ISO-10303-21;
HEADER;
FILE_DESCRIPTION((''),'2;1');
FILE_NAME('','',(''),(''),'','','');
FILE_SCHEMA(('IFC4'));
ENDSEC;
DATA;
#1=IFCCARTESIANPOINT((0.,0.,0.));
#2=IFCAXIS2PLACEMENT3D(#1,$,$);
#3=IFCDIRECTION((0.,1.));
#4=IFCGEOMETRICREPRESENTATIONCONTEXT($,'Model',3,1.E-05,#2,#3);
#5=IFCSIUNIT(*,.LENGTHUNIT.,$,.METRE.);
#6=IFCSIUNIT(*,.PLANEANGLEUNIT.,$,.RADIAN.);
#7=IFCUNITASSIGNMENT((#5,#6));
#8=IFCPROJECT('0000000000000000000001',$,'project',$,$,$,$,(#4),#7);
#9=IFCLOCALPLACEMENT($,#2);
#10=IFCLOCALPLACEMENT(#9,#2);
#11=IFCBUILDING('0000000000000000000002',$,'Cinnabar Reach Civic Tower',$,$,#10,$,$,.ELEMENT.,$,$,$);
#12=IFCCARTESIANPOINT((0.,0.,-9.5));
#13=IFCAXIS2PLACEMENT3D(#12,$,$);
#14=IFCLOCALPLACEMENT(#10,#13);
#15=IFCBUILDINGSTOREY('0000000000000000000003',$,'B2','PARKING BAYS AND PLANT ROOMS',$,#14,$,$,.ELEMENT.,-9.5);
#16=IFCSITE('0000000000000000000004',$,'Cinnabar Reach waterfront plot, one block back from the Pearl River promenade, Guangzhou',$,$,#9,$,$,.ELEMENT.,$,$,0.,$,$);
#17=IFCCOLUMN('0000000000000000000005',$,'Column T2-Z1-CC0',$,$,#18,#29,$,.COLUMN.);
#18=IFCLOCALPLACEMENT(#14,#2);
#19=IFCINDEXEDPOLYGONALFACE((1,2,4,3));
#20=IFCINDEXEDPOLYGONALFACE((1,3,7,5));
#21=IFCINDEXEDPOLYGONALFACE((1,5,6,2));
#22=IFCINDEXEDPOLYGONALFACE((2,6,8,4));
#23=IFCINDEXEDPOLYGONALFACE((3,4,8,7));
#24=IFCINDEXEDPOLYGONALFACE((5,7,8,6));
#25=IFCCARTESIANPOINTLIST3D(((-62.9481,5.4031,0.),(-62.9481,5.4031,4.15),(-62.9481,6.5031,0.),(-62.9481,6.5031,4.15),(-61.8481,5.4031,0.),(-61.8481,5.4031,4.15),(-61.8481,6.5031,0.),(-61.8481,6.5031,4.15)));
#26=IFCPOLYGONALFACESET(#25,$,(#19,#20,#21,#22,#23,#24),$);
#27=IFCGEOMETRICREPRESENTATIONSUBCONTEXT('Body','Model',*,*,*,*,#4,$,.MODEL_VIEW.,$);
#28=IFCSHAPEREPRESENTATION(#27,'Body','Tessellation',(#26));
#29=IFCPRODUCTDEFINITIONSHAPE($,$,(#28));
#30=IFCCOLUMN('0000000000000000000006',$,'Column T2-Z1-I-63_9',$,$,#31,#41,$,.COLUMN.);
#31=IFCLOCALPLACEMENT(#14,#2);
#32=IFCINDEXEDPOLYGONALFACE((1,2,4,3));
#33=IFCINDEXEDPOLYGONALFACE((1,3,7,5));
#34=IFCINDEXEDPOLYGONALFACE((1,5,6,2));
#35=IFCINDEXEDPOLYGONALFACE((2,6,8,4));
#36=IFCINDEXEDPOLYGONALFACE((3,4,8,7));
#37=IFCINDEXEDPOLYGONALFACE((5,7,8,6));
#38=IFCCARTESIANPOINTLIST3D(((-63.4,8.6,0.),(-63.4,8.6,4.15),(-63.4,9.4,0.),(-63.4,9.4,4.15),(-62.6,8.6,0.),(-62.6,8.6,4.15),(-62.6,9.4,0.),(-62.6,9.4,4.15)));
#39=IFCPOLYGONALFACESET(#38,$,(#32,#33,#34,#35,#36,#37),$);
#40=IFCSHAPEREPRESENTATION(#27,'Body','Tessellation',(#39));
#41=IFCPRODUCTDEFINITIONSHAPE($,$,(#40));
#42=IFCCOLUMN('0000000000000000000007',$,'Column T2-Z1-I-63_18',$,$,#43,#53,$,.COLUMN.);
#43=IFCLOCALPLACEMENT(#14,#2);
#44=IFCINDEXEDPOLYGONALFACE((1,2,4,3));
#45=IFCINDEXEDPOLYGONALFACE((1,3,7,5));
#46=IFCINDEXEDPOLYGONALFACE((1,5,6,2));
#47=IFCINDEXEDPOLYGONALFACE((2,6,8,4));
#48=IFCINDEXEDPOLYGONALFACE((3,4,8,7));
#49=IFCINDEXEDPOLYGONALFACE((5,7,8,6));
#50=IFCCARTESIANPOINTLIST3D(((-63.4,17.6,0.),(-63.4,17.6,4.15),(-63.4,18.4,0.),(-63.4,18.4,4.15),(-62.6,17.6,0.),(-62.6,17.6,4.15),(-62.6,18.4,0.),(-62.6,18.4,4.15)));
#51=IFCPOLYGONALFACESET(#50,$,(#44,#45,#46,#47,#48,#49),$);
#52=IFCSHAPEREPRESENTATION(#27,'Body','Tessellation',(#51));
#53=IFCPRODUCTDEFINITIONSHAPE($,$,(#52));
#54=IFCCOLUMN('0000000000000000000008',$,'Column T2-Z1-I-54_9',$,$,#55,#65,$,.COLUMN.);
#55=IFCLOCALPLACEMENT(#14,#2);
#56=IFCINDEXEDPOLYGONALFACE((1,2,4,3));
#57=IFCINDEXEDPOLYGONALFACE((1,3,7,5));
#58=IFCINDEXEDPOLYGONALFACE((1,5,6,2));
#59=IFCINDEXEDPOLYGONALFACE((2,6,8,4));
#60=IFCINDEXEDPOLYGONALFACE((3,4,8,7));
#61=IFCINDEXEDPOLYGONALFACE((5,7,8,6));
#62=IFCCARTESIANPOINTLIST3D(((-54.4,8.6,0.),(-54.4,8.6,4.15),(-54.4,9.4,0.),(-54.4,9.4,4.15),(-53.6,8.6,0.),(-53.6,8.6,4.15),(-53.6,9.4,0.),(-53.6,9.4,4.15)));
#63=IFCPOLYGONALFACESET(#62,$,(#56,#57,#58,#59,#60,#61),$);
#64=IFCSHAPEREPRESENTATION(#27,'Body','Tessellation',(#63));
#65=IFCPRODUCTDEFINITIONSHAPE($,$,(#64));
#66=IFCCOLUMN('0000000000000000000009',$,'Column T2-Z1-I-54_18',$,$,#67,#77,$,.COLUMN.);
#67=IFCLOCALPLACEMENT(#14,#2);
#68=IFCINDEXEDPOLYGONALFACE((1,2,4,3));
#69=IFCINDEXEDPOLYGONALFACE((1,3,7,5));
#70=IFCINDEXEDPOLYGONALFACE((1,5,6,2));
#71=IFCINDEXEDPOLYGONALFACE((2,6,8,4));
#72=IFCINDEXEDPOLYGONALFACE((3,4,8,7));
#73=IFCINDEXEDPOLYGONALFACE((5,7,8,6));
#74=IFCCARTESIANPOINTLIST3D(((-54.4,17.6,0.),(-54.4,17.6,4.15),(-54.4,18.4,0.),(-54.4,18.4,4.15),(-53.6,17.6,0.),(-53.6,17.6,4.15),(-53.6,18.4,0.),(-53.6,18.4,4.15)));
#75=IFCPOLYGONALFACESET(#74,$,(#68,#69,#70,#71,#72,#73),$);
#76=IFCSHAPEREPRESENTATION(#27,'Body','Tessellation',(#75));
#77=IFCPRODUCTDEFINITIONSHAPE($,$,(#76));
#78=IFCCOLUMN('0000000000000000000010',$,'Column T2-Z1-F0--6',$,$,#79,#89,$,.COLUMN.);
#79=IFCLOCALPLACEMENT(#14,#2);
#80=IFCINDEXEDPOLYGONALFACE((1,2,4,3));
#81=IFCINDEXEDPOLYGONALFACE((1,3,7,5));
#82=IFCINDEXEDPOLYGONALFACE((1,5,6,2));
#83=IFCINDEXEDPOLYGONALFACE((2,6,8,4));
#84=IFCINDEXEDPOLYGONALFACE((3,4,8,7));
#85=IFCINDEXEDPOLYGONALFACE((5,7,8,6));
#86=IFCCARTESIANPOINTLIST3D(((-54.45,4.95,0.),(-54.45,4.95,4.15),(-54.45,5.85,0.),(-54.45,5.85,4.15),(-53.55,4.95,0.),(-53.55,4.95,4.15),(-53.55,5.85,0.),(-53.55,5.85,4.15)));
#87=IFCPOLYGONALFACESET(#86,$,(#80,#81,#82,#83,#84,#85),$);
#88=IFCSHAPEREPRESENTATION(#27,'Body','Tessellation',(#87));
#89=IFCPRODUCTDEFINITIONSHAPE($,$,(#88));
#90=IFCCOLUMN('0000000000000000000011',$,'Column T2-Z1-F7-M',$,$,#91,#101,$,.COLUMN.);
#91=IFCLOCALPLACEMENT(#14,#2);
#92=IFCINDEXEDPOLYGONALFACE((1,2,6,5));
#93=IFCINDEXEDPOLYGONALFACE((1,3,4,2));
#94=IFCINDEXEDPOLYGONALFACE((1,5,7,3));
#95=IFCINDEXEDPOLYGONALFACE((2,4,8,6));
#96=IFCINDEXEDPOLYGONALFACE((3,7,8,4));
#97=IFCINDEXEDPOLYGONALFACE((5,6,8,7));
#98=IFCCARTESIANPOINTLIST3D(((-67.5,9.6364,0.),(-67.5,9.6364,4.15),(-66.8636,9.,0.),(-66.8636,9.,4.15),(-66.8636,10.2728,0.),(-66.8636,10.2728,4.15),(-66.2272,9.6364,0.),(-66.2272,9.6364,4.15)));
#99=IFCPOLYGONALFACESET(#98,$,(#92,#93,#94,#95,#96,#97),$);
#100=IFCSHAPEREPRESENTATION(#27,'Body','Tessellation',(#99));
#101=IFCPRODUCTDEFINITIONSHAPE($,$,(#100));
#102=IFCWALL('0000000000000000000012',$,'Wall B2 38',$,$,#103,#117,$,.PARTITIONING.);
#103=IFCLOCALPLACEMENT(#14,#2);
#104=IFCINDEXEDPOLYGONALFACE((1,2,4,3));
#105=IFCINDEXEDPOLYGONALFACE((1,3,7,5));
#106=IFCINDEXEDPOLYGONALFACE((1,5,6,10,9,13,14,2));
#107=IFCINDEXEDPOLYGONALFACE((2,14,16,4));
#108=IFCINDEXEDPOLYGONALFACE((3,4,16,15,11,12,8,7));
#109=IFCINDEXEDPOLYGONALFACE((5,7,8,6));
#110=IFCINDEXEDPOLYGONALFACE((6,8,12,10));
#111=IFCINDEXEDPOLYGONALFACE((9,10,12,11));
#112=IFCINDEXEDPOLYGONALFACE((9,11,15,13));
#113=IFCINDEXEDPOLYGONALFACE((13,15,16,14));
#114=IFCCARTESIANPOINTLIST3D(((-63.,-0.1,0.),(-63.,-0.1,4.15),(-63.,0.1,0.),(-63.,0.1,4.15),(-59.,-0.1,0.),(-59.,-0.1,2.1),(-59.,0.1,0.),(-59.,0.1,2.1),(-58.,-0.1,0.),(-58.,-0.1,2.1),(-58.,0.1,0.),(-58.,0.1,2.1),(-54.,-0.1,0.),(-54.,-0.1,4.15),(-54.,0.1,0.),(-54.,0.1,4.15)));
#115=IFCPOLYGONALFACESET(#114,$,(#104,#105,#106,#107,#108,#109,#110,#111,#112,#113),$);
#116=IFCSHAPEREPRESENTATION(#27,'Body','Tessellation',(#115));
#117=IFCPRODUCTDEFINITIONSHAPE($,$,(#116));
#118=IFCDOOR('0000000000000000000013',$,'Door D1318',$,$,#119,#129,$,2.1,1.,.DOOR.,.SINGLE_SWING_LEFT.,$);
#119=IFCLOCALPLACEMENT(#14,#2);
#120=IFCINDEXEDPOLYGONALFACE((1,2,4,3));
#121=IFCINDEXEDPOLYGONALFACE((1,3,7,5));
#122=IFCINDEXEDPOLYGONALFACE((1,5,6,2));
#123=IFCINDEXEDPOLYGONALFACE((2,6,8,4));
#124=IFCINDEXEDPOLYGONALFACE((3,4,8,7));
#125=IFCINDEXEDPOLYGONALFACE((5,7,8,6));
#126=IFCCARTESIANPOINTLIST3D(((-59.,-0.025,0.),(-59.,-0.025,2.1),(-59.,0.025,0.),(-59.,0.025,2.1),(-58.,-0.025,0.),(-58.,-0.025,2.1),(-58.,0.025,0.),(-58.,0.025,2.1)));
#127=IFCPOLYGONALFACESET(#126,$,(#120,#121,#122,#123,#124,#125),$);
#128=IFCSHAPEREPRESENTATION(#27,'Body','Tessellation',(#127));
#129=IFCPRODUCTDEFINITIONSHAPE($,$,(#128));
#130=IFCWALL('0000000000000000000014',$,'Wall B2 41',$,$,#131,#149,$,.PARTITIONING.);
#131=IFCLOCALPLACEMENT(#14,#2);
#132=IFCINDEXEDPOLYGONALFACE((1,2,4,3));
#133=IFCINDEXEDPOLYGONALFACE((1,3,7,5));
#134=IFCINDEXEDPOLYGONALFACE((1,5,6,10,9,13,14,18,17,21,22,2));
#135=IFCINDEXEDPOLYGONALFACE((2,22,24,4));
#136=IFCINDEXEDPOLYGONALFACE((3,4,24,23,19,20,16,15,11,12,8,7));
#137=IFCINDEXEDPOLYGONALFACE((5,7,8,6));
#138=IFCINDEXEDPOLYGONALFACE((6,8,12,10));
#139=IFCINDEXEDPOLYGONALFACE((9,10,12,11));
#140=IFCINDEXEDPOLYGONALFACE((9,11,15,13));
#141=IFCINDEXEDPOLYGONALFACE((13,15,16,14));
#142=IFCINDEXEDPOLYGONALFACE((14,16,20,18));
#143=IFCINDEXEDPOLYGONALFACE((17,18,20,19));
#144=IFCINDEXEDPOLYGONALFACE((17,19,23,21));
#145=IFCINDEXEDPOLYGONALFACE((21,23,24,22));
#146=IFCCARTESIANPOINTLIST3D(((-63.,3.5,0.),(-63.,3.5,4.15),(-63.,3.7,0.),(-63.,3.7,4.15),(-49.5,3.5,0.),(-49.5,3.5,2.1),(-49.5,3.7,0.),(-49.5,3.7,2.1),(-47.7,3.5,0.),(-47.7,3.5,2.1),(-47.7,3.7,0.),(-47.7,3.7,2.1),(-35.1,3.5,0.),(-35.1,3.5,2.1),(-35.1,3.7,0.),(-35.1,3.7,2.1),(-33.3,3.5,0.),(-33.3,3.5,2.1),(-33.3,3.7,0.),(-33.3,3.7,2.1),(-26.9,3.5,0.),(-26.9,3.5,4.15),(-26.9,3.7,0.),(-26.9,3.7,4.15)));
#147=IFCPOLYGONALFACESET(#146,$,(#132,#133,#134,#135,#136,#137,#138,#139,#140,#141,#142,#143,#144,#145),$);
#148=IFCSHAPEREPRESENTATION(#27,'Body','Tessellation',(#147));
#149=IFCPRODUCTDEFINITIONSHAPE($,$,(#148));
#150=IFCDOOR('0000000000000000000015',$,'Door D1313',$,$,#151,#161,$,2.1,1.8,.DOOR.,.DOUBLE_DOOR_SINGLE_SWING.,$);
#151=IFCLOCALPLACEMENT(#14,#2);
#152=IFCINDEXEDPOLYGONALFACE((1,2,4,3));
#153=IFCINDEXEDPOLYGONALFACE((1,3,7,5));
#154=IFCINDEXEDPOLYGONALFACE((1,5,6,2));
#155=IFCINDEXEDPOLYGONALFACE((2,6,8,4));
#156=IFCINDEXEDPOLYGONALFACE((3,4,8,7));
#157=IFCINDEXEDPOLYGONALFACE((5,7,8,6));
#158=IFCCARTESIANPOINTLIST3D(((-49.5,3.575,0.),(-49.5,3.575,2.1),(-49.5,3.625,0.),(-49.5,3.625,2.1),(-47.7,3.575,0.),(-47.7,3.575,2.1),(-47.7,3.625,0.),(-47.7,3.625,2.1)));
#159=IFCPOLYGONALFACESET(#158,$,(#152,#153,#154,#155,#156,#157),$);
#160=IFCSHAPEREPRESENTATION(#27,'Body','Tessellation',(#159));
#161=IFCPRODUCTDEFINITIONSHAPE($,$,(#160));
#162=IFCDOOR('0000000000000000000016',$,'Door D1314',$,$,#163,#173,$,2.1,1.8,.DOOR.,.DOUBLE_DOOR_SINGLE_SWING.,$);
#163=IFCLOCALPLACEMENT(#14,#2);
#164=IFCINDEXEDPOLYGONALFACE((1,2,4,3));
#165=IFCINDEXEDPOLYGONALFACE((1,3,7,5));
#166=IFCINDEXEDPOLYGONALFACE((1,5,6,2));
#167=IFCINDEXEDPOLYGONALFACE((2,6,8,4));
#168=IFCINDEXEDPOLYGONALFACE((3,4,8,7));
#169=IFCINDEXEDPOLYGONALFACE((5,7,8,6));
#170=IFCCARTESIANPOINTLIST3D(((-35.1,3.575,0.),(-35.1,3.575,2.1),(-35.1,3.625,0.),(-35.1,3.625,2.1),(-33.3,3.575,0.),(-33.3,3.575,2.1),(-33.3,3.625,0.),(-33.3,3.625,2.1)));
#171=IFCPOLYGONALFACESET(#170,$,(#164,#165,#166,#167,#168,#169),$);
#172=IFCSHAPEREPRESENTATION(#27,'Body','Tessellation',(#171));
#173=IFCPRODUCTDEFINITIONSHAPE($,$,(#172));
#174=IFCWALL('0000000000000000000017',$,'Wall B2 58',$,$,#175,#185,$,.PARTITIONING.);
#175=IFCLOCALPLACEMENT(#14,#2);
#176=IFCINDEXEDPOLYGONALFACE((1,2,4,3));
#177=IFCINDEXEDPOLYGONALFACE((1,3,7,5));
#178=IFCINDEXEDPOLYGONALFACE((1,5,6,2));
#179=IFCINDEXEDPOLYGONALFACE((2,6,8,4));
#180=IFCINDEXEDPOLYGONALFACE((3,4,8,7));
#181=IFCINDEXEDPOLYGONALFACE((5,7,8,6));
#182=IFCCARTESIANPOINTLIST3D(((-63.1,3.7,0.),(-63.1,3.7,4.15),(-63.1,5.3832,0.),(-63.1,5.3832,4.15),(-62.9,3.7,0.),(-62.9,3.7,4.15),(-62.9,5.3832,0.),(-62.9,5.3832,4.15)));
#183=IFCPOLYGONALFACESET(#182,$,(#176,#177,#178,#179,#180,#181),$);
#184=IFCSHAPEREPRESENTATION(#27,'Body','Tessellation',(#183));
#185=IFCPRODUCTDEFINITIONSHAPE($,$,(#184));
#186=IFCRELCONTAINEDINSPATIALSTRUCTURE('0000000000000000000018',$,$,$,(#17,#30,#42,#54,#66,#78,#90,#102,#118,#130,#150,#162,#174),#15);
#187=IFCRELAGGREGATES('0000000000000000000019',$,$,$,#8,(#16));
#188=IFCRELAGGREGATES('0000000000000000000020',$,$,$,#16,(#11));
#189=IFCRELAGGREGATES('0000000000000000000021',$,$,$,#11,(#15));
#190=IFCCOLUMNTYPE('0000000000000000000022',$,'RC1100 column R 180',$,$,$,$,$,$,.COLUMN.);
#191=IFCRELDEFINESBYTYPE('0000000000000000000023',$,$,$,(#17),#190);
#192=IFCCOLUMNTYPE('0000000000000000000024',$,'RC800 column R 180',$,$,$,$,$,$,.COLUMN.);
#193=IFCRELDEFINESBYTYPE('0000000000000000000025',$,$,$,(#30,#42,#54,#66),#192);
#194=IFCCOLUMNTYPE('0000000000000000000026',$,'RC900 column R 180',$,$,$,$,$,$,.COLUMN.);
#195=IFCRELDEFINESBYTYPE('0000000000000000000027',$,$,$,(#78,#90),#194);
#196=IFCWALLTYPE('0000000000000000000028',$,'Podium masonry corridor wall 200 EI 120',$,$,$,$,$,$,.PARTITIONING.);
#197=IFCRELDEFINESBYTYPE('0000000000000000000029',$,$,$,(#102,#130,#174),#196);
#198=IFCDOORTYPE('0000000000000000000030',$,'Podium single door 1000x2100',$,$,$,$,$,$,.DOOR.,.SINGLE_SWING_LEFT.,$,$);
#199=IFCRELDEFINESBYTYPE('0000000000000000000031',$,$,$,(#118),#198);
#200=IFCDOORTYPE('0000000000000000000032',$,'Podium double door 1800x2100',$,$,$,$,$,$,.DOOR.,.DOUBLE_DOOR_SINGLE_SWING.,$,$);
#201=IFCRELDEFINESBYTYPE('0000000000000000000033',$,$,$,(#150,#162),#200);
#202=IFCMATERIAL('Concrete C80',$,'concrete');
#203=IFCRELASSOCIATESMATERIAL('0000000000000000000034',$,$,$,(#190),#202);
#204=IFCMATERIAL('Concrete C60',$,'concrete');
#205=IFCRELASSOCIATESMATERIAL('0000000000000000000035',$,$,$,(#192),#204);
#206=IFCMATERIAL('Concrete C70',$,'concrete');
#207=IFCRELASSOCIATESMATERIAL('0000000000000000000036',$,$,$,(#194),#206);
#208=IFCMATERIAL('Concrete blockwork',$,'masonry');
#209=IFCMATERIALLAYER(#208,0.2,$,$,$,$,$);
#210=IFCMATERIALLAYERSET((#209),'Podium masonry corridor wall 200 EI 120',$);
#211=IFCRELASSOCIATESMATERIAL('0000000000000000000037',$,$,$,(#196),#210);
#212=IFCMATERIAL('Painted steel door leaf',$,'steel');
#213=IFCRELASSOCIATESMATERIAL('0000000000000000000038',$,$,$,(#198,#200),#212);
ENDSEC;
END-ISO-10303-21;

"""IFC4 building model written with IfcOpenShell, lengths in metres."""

from ifc_helpers import new_model, si_unit, direction, frame, frame_2d, origin, origin_2d, place, context, subcontext, project, spatial, rectangle, extrude, material, layer, layer_set, material_profile, profile_set, type_object, element, fill, save


model = new_model("IFC4")

# Units and contexts
model_context = context("Model", 3, precision=1e-05, world=origin(), true_north=direction((0.0, 1.0)))
body_context = subcontext(model_context, "Body", "Model", "MODEL_VIEW")
ifc_project = project(units=[si_unit("LENGTHUNIT", "METRE"), si_unit("PLANEANGLEUNIT", "RADIAN")], contexts=[model_context])

# Site, building, storey
site_placement = place(None, origin())
site = spatial("IfcSite", under=ifc_project, at=site_placement, Name="Cinnabar Reach waterfront plot, one block back from the Pearl River promenade, Guangzhou", CompositionType="ELEMENT", RefElevation=0.0)
building_placement = place(site_placement, origin())
building = spatial("IfcBuilding", under=site, at=building_placement, Name="Cinnabar Reach Civic Tower", CompositionType="ELEMENT")
storey_placement = place(building_placement, frame((0.0, 0.0, -9.5)))
storey = spatial("IfcBuildingStorey", under=building, at=storey_placement, Name="B2", Description="PARKING BAYS AND PLANT ROOMS", CompositionType="ELEMENT", Elevation=-9.5)

# Columns
ifc_material_1 = material(Name="Concrete C80", Category="concrete")
ifc_material_profile_1 = material_profile(ifc_material_1, rectangle(XDim=1.1, YDim=1.1, at=origin_2d()), Name="RC1100")
ifc_profile_set_1 = profile_set([ifc_material_profile_1], Name="Concrete C80")
column_type_1 = type_object("IfcColumnType", Name="RC1100 column R 180", PredefinedType="COLUMN", material=ifc_profile_set_1)
column_placement = place(storey_placement, frame((-62.3981, 5.9531, 0.0), z_axis=(0.0, 0.0, 1.0), x_axis=(1.0, 0.0, 0.0)))
element("IfcColumn", 1, at=column_placement, inside=storey, type_object=column_type_1, Name="Column T2-Z1-CC0", PredefinedType="COLUMN", context=body_context, shape_type="SweptSolid", body=[
    extrude(rectangle(XDim=1.1, YDim=1.1, at=origin_2d()), origin(), (0.0, 0.0, 1.0), 4.15),
])
ifc_material_2 = material(Name="Concrete C60", Category="concrete")
ifc_material_profile_2 = material_profile(ifc_material_2, rectangle(XDim=0.8, YDim=0.8, at=origin_2d()), Name="RC800")
ifc_profile_set_2 = profile_set([ifc_material_profile_2], Name="Concrete C60")
column_type_2 = type_object("IfcColumnType", Name="RC800 column R 180", PredefinedType="COLUMN", material=ifc_profile_set_2)
for number, where, z_axis, x_axis, name in (
    (2, (-63.0, 9.0, 0.0), (0.0, 0.0, 1.0), (1.0, 0.0, 0.0), "Column T2-Z1-I-63_9"),
    (3, (-63.0, 18.0, 0.0), (0.0, 0.0, 1.0), (1.0, 0.0, 0.0), "Column T2-Z1-I-63_18"),
    (4, (-54.0, 9.0, 0.0), (0.0, 0.0, 1.0), (1.0, 0.0, 0.0), "Column T2-Z1-I-54_9"),
    (5, (-54.0, 18.0, 0.0), (0.0, 0.0, 1.0), (1.0, 0.0, 0.0), "Column T2-Z1-I-54_18"),
):
    element("IfcColumn", number, at=place(storey_placement, frame(where, z_axis=z_axis, x_axis=x_axis)), inside=storey, type_object=column_type_2, Name=name, PredefinedType="COLUMN", context=body_context, shape_type="SweptSolid", body=[
        extrude(rectangle(XDim=0.8, YDim=0.8, at=origin_2d()), origin(), (0.0, 0.0, 1.0), 4.15),
    ])
ifc_material_3 = material(Name="Concrete C70", Category="concrete")
ifc_material_profile_3 = material_profile(ifc_material_3, rectangle(XDim=0.9, YDim=0.9, at=origin_2d()), Name="RC900")
ifc_profile_set_3 = profile_set([ifc_material_profile_3], Name="Concrete C70")
column_type_3 = type_object("IfcColumnType", Name="RC900 column R 180", PredefinedType="COLUMN", material=ifc_profile_set_3)
for number, where, z_axis, x_axis, name in (
    (6, (-54.0, 5.4, 0.0), (0.0, 0.0, 1.0), (1.0, 0.0, 0.0), "Column T2-Z1-F0--6"),
    (7, (-66.8636, 9.6364, 0.0), (0.0, 0.0, 1.0), (0.707107, 0.707107, 0.0), "Column T2-Z1-F7-M"),
):
    element("IfcColumn", number, at=place(storey_placement, frame(where, z_axis=z_axis, x_axis=x_axis)), inside=storey, type_object=column_type_3, Name=name, PredefinedType="COLUMN", context=body_context, shape_type="SweptSolid", body=[
        extrude(rectangle(XDim=0.9, YDim=0.9, at=origin_2d()), origin(), (0.0, 0.0, 1.0), 4.15),
    ])

# Wall, opening, door
ifc_material_4 = material(Name="Concrete blockwork", Category="masonry")
ifc_layer_1 = layer(ifc_material_4, 0.2)
ifc_layer_set_1 = layer_set([ifc_layer_1], Name="Podium masonry corridor wall 200 EI 120")
wall_type_1 = type_object("IfcWallType", Name="Podium masonry corridor wall 200 EI 120", PredefinedType="PARTITIONING", material=ifc_layer_set_1)
wall_1_placement = place(storey_placement, frame((-63.0, 0.0, 0.0), z_axis=(0.0, 0.0, 1.0), x_axis=(1.0, 0.0, 0.0)))
wall_1 = element("IfcWall", 8, at=wall_1_placement, inside=storey, type_object=wall_type_1, Name="Wall B2 38", PredefinedType="PARTITIONING", context=body_context, shape_type="SweptSolid", body=[
    extrude(rectangle(XDim=9.0, YDim=0.2, at=frame_2d((4.5, 0.0))), origin(), (0.0, 0.0, 1.0), 4.15),
])
opening_1_placement = place(wall_1_placement, frame((4.0, 0.0, 0.0)))
opening_1 = element("IfcOpeningElement", 9, at=opening_1_placement, cuts=wall_1, PredefinedType="OPENING", context=body_context, shape_type="SweptSolid", body=[
    extrude(rectangle(XDim=1.0, YDim=2.1, at=frame_2d((0.5, 1.05))), frame((0.0, 0.11, 0.0), z_axis=(0.0, -1.0, 0.0), x_axis=(1.0, 0.0, 0.0)), (0.0, 0.0, 1.0), 0.22),
])
ifc_material_5 = material(Name="Painted steel door leaf", Category="steel")
door_type_1 = type_object("IfcDoorType", Name="Podium single door 1000x2100", OperationType="SINGLE_SWING_LEFT", PredefinedType="DOOR", material=ifc_material_5)
door_1_placement = place(opening_1_placement, frame((1.0, 0.0, 0.0), z_axis=(0.0, 0.0, 1.0), x_axis=(-1.0, 0.0, 0.0)))
door_1 = element("IfcDoor", 10, at=door_1_placement, inside=storey, type_object=door_type_1, Name="Door D1318", OperationType="SINGLE_SWING_LEFT", OverallHeight=2.1, OverallWidth=1.0, PredefinedType="DOOR", context=body_context, shape_type="SweptSolid", body=[
    extrude(rectangle(XDim=1.0, YDim=2.1, at=frame_2d((0.5, 1.05))), frame((0.0, 0.025, 0.0), z_axis=(0.0, -1.0, 0.0), x_axis=(1.0, 0.0, 0.0)), (0.0, 0.0, 1.0), 0.05),
])
fill(opening_1, door_1)

# Wall, openings, doors
wall_2_placement = place(storey_placement, frame((-63.0, 3.6, 0.0), z_axis=(0.0, 0.0, 1.0), x_axis=(1.0, 0.0, 0.0)))
wall_2 = element("IfcWall", 11, at=wall_2_placement, inside=storey, type_object=wall_type_1, Name="Wall B2 41", PredefinedType="PARTITIONING", context=body_context, shape_type="SweptSolid", body=[
    extrude(rectangle(XDim=36.1, YDim=0.2, at=frame_2d((18.05, 0.0))), origin(), (0.0, 0.0, 1.0), 4.15),
])
opening_2_placement = place(wall_2_placement, frame((13.5, 0.0, 0.0)))
opening_2 = element("IfcOpeningElement", 12, at=opening_2_placement, cuts=wall_2, PredefinedType="OPENING", context=body_context, shape_type="SweptSolid", body=[
    extrude(rectangle(XDim=1.8, YDim=2.1, at=frame_2d((0.9, 1.05))), frame((0.0, 0.11, 0.0), z_axis=(0.0, -1.0, 0.0), x_axis=(1.0, 0.0, 0.0)), (0.0, 0.0, 1.0), 0.22),
])
opening_3_placement = place(wall_2_placement, frame((27.9, 0.0, 0.0)))
opening_3 = element("IfcOpeningElement", 13, at=opening_3_placement, cuts=wall_2, PredefinedType="OPENING", context=body_context, shape_type="SweptSolid", body=[
    extrude(rectangle(XDim=1.8, YDim=2.1, at=frame_2d((0.9, 1.05))), frame((0.0, 0.11, 0.0), z_axis=(0.0, -1.0, 0.0), x_axis=(1.0, 0.0, 0.0)), (0.0, 0.0, 1.0), 0.22),
])
door_type_2 = type_object("IfcDoorType", Name="Podium double door 1800x2100", OperationType="DOUBLE_DOOR_SINGLE_SWING", PredefinedType="DOOR", material=ifc_material_5)
door_2_placement = place(opening_2_placement, origin())
door_2 = element("IfcDoor", 14, at=door_2_placement, inside=storey, type_object=door_type_2, Name="Door D1313", OperationType="DOUBLE_DOOR_SINGLE_SWING", OverallHeight=2.1, OverallWidth=1.8, PredefinedType="DOOR", context=body_context, shape_type="SweptSolid", body=[
    extrude(rectangle(XDim=1.8, YDim=2.1, at=frame_2d((0.9, 1.05))), frame((0.0, 0.025, 0.0), z_axis=(0.0, -1.0, 0.0), x_axis=(1.0, 0.0, 0.0)), (0.0, 0.0, 1.0), 0.05),
])
fill(opening_2, door_2)
door_3_placement = place(opening_3_placement, origin())
door_3 = element("IfcDoor", 15, at=door_3_placement, inside=storey, type_object=door_type_2, Name="Door D1314", OperationType="DOUBLE_DOOR_SINGLE_SWING", OverallHeight=2.1, OverallWidth=1.8, PredefinedType="DOOR", context=body_context, shape_type="SweptSolid", body=[
    extrude(rectangle(XDim=1.8, YDim=2.1, at=frame_2d((0.9, 1.05))), frame((0.0, 0.025, 0.0), z_axis=(0.0, -1.0, 0.0), x_axis=(1.0, 0.0, 0.0)), (0.0, 0.0, 1.0), 0.05),
])
fill(opening_3, door_3)

# Wall
wall_3_placement = place(storey_placement, frame((-63.0, 3.7, 0.0), z_axis=(0.0, 0.0, 1.0), x_axis=(0.0, 1.0, 0.0)))
element("IfcWall", 16, at=wall_3_placement, inside=storey, type_object=wall_type_1, Name="Wall B2 58", PredefinedType="PARTITIONING", context=body_context, shape_type="SweptSolid", body=[
    extrude(rectangle(XDim=1.6831, YDim=0.2, at=frame_2d((0.8416, 0.0))), origin(), (0.0, 0.0, 1.0), 4.15),
])

save(model, "model.ifc")
